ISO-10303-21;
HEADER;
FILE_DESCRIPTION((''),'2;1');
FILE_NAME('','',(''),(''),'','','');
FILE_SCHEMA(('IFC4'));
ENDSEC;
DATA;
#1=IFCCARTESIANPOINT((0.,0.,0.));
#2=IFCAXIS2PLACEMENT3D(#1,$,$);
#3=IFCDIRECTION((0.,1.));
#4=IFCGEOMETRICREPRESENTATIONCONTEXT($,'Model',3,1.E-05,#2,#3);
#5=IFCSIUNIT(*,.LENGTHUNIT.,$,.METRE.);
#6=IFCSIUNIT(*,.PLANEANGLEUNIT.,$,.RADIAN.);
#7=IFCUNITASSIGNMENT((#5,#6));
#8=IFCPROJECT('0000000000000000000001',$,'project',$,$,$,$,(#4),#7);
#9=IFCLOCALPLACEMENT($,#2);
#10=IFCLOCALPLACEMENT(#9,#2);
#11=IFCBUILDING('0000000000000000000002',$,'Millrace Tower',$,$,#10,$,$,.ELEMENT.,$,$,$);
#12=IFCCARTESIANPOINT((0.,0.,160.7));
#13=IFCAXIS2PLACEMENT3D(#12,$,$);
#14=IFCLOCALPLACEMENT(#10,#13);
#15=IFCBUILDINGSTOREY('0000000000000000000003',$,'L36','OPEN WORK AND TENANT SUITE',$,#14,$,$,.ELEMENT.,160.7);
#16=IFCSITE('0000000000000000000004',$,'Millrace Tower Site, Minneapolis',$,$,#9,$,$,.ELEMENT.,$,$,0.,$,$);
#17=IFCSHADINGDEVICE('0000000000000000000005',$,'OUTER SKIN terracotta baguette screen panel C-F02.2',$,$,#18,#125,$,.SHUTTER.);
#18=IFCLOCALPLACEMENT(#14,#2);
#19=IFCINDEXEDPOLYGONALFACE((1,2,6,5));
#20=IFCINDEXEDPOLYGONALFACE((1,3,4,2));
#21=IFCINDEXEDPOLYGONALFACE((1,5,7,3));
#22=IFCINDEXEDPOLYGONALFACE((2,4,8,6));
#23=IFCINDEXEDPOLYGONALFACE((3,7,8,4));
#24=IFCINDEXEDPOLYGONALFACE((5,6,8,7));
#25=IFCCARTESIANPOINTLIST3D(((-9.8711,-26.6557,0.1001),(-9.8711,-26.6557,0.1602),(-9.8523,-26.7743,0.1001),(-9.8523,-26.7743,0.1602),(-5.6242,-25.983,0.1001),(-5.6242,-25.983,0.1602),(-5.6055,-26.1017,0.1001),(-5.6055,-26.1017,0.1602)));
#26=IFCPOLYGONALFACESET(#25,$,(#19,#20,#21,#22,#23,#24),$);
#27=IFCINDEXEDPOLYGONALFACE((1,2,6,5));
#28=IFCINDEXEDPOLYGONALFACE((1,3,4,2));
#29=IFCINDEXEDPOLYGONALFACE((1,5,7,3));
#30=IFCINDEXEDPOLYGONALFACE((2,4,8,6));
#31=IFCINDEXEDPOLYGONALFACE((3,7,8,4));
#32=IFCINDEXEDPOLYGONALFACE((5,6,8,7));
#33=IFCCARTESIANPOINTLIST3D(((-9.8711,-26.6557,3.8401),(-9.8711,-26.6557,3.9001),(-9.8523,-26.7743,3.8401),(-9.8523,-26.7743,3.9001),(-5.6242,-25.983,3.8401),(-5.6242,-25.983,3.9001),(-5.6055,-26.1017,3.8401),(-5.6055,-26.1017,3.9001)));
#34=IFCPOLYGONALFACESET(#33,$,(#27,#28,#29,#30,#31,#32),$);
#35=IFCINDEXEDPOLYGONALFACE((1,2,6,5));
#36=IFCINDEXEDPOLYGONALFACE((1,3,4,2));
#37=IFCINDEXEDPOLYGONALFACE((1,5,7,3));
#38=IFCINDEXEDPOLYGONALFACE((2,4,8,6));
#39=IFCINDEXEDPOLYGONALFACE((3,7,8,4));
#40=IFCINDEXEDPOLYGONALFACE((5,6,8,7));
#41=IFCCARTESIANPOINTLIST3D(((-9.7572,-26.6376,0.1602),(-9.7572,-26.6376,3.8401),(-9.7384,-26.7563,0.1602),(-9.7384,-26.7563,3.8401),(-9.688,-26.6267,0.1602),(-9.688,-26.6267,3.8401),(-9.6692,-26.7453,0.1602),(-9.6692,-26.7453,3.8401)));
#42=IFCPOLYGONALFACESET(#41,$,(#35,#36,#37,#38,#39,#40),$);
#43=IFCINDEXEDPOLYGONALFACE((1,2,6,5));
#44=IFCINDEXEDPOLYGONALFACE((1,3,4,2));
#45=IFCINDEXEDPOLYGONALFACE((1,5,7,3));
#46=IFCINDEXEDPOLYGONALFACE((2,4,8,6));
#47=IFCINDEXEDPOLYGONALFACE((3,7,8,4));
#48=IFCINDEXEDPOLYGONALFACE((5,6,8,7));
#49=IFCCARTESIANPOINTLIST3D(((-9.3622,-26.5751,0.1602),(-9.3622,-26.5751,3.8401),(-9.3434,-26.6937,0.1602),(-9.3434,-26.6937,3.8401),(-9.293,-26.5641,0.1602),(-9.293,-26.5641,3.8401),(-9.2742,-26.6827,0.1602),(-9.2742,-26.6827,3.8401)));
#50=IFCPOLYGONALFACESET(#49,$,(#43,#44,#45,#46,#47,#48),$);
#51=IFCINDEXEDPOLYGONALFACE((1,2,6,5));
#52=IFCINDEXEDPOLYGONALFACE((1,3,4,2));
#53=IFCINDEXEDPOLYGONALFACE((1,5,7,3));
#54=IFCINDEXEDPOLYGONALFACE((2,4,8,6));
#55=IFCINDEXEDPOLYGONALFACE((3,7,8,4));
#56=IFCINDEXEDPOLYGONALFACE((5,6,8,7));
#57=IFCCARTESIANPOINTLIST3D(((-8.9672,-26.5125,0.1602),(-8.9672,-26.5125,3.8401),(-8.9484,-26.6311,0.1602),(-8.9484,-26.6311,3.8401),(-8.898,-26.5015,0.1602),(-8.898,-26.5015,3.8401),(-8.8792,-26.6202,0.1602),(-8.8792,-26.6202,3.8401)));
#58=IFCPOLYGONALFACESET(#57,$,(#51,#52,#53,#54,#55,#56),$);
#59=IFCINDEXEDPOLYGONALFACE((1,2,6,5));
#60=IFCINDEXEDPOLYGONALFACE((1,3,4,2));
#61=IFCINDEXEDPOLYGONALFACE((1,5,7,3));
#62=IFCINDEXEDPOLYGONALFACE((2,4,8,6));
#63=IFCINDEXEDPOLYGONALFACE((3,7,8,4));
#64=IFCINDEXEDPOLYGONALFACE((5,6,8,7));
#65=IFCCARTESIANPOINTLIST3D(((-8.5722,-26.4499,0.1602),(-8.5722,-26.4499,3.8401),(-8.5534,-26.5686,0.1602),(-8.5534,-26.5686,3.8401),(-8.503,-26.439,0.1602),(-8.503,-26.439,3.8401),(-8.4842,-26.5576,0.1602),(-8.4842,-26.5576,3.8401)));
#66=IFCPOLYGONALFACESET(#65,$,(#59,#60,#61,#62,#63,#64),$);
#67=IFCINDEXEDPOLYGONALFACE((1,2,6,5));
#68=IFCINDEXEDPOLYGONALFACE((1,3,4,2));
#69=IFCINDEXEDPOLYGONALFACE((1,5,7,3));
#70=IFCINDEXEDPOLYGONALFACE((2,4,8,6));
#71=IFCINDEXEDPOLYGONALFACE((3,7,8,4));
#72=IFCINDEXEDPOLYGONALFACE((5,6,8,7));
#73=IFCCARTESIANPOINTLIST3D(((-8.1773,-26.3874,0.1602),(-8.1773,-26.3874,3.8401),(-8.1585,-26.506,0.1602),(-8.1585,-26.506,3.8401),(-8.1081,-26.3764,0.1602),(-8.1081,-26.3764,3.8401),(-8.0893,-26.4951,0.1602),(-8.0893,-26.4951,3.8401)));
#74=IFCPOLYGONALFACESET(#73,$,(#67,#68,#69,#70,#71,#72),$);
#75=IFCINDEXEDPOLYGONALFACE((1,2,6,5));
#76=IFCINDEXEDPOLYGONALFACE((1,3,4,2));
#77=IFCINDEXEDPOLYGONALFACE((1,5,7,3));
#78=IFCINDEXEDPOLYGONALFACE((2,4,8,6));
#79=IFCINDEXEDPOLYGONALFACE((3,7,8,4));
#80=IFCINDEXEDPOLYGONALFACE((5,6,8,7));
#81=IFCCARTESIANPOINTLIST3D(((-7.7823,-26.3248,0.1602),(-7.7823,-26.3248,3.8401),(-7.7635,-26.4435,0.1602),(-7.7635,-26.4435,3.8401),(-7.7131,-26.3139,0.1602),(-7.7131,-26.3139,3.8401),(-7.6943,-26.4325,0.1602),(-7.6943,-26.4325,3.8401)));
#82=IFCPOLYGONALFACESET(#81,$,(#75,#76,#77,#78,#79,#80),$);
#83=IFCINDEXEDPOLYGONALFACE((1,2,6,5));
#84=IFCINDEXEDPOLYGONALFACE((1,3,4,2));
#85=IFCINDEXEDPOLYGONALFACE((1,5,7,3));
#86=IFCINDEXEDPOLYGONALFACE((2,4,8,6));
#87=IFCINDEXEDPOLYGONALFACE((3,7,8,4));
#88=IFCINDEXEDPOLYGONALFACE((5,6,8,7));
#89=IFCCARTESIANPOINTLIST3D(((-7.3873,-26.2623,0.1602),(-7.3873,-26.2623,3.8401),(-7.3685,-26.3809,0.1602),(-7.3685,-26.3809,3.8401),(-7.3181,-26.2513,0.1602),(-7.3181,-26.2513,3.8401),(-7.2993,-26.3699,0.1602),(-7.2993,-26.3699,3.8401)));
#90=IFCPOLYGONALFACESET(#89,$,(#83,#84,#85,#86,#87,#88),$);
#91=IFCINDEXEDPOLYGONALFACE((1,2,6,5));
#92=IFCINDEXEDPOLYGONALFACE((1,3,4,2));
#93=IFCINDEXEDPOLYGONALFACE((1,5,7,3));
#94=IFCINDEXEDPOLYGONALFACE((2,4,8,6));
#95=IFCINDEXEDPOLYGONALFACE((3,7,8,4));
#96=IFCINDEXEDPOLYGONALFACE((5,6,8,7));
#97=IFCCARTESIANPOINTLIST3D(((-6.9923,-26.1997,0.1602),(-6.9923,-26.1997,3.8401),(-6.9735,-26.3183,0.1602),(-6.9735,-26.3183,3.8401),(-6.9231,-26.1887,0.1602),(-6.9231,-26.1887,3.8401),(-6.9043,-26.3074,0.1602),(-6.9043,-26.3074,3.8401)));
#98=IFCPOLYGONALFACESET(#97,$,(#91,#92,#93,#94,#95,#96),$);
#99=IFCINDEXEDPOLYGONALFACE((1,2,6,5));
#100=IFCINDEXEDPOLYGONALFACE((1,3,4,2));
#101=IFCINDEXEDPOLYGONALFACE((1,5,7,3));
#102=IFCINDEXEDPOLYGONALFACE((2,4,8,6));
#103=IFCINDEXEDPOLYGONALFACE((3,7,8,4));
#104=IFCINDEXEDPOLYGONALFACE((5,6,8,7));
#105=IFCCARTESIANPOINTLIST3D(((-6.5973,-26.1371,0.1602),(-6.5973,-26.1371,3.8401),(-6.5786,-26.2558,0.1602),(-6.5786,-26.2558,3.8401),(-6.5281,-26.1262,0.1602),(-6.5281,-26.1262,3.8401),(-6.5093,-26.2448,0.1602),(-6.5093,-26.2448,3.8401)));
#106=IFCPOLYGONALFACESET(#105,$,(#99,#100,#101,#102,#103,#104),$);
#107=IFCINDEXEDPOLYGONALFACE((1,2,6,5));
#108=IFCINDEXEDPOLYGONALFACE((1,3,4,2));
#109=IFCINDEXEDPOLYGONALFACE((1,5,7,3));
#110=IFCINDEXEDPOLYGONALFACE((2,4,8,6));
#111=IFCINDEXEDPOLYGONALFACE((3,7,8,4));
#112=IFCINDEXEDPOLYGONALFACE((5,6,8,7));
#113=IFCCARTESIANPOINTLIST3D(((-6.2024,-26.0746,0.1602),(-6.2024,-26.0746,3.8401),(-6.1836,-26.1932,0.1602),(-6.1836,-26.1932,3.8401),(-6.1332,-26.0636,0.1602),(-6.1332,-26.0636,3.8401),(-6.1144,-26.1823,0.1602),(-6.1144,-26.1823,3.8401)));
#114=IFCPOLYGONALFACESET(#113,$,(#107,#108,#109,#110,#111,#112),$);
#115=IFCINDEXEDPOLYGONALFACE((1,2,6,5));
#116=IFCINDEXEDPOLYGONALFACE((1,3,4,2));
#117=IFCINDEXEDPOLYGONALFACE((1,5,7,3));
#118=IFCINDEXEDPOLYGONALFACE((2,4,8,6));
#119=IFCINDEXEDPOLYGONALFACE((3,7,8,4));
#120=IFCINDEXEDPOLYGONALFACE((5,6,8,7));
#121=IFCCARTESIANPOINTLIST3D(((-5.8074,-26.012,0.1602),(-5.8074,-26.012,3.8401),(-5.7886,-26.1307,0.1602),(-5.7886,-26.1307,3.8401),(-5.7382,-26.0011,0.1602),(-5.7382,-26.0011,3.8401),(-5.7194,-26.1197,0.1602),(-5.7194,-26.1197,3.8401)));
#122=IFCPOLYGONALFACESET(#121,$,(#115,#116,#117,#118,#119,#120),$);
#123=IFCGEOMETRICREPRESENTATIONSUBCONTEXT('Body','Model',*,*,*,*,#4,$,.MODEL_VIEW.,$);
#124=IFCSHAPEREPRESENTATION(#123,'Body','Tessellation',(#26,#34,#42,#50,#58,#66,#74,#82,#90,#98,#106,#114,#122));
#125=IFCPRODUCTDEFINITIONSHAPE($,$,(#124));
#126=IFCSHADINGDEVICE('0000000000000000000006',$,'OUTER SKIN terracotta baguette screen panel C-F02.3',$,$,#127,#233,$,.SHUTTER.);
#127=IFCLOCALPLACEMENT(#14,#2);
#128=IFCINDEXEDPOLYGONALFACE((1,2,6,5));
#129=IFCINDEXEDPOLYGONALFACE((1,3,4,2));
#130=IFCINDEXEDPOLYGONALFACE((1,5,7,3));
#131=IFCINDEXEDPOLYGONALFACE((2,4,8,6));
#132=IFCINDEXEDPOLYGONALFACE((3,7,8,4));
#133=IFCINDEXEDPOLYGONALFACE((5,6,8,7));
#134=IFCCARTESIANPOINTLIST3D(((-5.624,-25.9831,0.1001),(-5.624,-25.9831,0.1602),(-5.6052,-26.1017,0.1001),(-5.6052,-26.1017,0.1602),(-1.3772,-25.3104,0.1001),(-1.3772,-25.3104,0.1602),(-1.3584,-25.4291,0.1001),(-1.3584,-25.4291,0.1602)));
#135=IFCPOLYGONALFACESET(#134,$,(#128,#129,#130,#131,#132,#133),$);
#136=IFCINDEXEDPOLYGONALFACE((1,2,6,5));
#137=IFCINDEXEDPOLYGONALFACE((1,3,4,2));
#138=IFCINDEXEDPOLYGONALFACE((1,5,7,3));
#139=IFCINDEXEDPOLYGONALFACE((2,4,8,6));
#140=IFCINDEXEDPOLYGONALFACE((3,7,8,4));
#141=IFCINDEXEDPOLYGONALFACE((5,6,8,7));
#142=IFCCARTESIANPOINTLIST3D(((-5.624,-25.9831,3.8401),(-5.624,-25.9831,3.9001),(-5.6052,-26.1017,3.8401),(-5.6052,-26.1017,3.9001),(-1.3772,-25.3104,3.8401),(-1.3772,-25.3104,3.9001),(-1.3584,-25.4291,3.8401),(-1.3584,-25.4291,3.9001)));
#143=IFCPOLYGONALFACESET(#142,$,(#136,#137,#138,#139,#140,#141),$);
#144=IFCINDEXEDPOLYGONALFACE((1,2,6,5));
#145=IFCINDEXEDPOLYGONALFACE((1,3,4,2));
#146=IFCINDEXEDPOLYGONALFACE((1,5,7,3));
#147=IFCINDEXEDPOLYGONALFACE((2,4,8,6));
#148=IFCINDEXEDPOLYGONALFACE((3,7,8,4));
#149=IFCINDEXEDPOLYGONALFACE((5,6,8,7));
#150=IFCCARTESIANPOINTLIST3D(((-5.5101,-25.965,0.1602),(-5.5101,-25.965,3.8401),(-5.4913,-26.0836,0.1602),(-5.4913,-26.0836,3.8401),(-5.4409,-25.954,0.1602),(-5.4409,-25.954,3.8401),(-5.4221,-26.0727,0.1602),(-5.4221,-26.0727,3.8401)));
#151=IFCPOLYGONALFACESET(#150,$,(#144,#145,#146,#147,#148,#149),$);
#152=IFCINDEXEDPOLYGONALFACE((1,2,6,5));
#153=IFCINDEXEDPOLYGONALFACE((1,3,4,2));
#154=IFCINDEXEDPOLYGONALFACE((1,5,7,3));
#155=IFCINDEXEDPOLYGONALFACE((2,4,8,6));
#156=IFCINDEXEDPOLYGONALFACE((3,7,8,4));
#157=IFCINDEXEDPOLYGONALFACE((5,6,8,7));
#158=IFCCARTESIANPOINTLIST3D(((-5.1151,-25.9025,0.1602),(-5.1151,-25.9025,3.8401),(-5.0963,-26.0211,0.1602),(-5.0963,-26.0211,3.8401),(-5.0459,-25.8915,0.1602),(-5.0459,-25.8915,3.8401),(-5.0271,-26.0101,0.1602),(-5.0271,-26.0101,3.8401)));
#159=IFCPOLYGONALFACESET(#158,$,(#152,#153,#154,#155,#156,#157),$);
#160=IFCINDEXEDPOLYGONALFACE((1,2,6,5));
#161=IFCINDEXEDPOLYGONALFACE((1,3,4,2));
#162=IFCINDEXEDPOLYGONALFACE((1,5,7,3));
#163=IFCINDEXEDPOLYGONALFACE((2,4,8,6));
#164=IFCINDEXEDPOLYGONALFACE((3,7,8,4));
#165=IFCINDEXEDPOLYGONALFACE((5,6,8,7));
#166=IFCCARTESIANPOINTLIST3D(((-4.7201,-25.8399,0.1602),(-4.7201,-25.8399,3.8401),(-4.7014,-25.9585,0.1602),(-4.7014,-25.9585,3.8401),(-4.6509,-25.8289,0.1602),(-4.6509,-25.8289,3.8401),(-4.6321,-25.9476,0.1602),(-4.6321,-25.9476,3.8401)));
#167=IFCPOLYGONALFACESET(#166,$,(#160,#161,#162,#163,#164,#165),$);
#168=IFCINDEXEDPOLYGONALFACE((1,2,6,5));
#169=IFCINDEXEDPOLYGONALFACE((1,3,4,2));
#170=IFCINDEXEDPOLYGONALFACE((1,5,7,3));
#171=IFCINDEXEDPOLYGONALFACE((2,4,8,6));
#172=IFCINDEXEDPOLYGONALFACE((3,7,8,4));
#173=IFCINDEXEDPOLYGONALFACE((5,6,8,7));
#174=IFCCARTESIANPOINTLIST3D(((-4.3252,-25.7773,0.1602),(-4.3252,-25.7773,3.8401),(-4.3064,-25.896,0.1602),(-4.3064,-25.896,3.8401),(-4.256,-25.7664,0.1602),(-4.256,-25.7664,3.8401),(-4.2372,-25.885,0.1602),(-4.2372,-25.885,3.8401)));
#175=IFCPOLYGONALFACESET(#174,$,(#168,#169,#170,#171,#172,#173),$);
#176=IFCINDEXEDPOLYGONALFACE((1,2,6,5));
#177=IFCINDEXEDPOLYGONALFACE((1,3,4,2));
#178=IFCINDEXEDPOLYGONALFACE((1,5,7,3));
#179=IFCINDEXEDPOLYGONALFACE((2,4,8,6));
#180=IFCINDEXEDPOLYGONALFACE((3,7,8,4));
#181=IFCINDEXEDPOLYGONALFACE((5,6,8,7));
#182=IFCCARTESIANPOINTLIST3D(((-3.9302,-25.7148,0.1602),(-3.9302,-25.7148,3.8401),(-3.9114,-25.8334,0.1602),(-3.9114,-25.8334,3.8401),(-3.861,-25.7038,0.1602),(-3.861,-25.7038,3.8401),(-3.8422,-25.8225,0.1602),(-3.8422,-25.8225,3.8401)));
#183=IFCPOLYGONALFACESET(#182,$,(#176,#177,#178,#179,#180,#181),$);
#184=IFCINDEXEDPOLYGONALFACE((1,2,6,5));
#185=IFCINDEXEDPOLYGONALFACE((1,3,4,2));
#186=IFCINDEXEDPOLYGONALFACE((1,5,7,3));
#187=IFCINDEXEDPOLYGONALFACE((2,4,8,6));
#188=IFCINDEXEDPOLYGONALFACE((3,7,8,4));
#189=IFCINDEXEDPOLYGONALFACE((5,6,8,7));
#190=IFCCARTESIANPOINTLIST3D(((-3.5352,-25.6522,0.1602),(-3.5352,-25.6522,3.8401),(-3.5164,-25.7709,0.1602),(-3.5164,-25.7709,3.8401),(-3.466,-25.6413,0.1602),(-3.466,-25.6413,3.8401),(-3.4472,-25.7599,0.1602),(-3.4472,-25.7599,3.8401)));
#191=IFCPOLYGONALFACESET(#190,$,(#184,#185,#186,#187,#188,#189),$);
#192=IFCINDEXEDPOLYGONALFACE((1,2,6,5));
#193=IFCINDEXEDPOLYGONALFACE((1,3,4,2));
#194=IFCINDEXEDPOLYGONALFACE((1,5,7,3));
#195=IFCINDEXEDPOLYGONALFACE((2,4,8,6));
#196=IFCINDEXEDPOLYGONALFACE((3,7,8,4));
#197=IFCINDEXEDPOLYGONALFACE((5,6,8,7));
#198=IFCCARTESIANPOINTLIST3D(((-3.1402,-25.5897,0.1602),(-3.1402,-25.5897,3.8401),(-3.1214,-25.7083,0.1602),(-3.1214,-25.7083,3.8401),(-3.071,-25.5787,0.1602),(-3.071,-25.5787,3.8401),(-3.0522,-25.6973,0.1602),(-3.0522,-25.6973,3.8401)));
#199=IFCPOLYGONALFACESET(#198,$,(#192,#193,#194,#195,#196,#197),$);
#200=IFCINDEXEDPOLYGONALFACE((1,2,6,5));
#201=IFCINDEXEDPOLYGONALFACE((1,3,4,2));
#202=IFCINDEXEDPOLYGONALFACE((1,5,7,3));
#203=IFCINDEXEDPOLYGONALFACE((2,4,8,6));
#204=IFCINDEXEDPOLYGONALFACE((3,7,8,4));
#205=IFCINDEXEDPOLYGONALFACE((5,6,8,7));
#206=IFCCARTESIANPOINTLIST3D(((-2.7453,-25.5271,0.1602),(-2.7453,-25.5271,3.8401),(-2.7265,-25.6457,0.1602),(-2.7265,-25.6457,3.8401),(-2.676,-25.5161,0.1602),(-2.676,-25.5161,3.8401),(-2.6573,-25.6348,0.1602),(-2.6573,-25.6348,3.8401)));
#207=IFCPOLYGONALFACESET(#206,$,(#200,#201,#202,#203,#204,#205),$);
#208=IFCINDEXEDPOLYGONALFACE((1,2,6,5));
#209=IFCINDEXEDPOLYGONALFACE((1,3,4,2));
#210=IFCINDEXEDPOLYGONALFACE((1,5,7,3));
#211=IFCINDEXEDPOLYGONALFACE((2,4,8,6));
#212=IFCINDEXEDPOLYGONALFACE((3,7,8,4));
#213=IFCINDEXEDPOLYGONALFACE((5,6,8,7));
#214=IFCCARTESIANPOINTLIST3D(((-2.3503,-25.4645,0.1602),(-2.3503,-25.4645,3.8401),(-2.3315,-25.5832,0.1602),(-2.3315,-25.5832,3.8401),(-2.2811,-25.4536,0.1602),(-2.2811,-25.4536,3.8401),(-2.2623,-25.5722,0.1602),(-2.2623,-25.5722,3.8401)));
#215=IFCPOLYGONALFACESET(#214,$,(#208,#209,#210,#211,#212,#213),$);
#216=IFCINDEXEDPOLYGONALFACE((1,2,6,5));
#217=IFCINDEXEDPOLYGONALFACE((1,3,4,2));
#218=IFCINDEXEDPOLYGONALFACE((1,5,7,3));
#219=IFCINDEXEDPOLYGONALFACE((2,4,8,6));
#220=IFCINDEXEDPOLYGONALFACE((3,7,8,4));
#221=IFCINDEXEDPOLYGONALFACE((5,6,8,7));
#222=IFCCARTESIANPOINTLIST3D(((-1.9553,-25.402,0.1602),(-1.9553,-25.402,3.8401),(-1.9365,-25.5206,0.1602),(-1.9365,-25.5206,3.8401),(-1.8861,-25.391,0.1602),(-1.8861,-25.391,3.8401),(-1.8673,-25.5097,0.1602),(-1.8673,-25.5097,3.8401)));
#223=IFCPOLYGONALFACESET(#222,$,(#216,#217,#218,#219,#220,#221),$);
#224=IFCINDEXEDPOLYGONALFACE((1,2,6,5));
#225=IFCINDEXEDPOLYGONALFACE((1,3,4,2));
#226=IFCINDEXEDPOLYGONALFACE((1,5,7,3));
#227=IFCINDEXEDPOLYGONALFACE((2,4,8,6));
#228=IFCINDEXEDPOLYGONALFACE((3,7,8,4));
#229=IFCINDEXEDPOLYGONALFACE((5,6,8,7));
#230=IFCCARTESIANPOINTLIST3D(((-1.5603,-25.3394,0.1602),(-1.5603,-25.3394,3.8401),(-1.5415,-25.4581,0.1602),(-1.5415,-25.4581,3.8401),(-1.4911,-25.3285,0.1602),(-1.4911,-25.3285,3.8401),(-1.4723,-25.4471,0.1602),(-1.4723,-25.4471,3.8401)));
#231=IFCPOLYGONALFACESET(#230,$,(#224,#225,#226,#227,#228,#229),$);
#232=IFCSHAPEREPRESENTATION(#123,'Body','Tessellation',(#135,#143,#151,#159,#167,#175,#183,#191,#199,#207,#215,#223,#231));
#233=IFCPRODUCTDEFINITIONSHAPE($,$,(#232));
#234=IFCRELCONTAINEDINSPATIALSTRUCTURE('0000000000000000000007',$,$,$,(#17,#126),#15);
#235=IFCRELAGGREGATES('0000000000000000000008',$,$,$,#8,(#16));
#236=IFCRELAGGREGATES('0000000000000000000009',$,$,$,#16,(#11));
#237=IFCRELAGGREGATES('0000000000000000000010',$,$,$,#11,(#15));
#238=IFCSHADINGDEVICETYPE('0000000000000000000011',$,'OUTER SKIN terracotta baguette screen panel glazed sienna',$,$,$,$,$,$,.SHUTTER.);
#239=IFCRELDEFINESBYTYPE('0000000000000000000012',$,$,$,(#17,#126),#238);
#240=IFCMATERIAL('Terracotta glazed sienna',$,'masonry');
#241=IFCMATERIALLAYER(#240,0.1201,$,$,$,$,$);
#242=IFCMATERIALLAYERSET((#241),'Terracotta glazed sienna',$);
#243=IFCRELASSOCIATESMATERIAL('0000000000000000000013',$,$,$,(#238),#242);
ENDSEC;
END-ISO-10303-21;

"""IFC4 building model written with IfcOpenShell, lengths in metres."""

from ifc_helpers import new_model, entity, si_unit, direction, frame, frame_2d, origin, origin_2d, place, context, subcontext, project, spatial, rectangle, extrude, source, transform, mapped, material, layer, layer_set, type_object, element, save


model = new_model("IFC4")

# Units and contexts
model_context = context("Model", 3, precision=1e-05, world=origin(), true_north=direction((0.0, 1.0)))
body_context = subcontext(model_context, "Body", "Model", "MODEL_VIEW")
ifc_project = project(units=[si_unit("LENGTHUNIT", "METRE"), si_unit("PLANEANGLEUNIT", "RADIAN")], contexts=[model_context])

# Site, building, storey
site_placement = place(None, origin())
site = spatial("IfcSite", under=ifc_project, at=site_placement, Name="Millrace Tower Site, Minneapolis", CompositionType="ELEMENT", RefElevation=0.0)
building_placement = place(site_placement, origin())
building = spatial("IfcBuilding", under=site, at=building_placement, Name="Millrace Tower", CompositionType="ELEMENT")
storey_placement = place(building_placement, frame((0.0, 0.0, 160.7)))
storey = spatial("IfcBuildingStorey", under=building, at=storey_placement, Name="L36", Description="OPEN WORK AND TENANT SUITE", CompositionType="ELEMENT", Elevation=160.7)

# Shading devices
ifc_material_1 = material(Name="Terracotta glazed sienna", Category="masonry")
ifc_layer_1 = layer(ifc_material_1, 0.1201)
ifc_layer_set_1 = layer_set([ifc_layer_1], Name="Terracotta glazed sienna")
shading_device_type = type_object("IfcShadingDeviceType", Name="OUTER SKIN terracotta baguette screen panel glazed sienna", PredefinedType="SHUTTER", material=ifc_layer_set_1)
cartesian_point_1 = entity("IfcCartesianPoint", [-2.1499, 0.0601])
shared_polyline_1 = entity("IfcPolyline", [cartesian_point_1, entity("IfcCartesianPoint", [2.1499, 0.0601]), entity("IfcCartesianPoint", [2.1499, -0.0601]), entity("IfcCartesianPoint", [-2.1499, -0.0601]), cartesian_point_1])
shared_shape_1 = source(origin(), body_context, "Body", "SweptSolid", [
    entity("IfcExtrudedAreaSolid", entity("IfcArbitraryClosedProfileDef", "AREA", None, shared_polyline_1), entity("IfcAxis2Placement3D", entity("IfcCartesianPoint", [0.0, 0.0, 0.0])), entity("IfcDirection", [0.0, 0.0, 1.0]), 0.0601),
    entity("IfcExtrudedAreaSolid", entity("IfcArbitraryClosedProfileDef", "AREA", None, shared_polyline_1), entity("IfcAxis2Placement3D", entity("IfcCartesianPoint", [0.0, 0.0, 3.74])), entity("IfcDirection", [0.0, 0.0, 1.0]), 0.0601),
    extrude(rectangle(XDim=0.0701, YDim=0.1201, at=frame_2d((-1.9995, 0.0))), frame((0.0, 0.0, 0.0601)), (0.0, 0.0, 1.0), 3.6799),
    extrude(rectangle(XDim=0.0701, YDim=0.1201, at=frame_2d((-1.5996, 0.0))), frame((0.0, 0.0, 0.0601)), (0.0, 0.0, 1.0), 3.6799),
    extrude(rectangle(XDim=0.0701, YDim=0.1201, at=frame_2d((-1.1997, 0.0))), frame((0.0, 0.0, 0.0601)), (0.0, 0.0, 1.0), 3.6799),
    extrude(rectangle(XDim=0.0701, YDim=0.1201, at=frame_2d((-0.7998, 0.0))), frame((0.0, 0.0, 0.0601)), (0.0, 0.0, 1.0), 3.6799),
    extrude(rectangle(XDim=0.0701, YDim=0.1201, at=frame_2d((-0.3999, 0.0))), frame((0.0, 0.0, 0.0601)), (0.0, 0.0, 1.0), 3.6799),
    extrude(rectangle(XDim=0.0701, YDim=0.1201, at=origin_2d()), frame((0.0, 0.0, 0.0601)), (0.0, 0.0, 1.0), 3.6799),
    extrude(rectangle(XDim=0.0701, YDim=0.1201, at=frame_2d((0.3999, 0.0))), frame((0.0, 0.0, 0.0601)), (0.0, 0.0, 1.0), 3.6799),
    extrude(rectangle(XDim=0.0701, YDim=0.1201, at=frame_2d((0.7998, 0.0))), frame((0.0, 0.0, 0.0601)), (0.0, 0.0, 1.0), 3.6799),
    extrude(rectangle(XDim=0.0701, YDim=0.1201, at=frame_2d((1.1997, 0.0))), frame((0.0, 0.0, 0.0601)), (0.0, 0.0, 1.0), 3.6799),
    extrude(rectangle(XDim=0.0701, YDim=0.1201, at=frame_2d((1.5996, 0.0))), frame((0.0, 0.0, 0.0601)), (0.0, 0.0, 1.0), 3.6799),
    extrude(rectangle(XDim=0.0701, YDim=0.1201, at=frame_2d((1.9995, 0.0))), frame((0.0, 0.0, 0.0601)), (0.0, 0.0, 1.0), 3.6799),
])
for number, where, z_axis, x_axis, name in (
    (1, (-7.7383, -26.3787, 0.1001), (0.0, 0.0, 1.0), (0.987688, 0.156434, 0.0), "OUTER SKIN terracotta baguette screen panel C-F02.2"),
    (2, (-3.4912, -25.7061, 0.1001), (0.0, 0.0, 1.0), (0.987688, 0.156434, 0.0), "OUTER SKIN terracotta baguette screen panel C-F02.3"),
):
    element("IfcShadingDevice", number, at=place(storey_placement, frame(where, z_axis=z_axis, x_axis=x_axis)), inside=storey, type_object=shading_device_type, Name=name, PredefinedType="SHUTTER", context=body_context, shape_type="MappedRepresentation", body=[
        mapped(shared_shape_1, transform((0.0, 0.0, 0.0), scale=1.0)),
    ])

save(model, "model.ifc")
